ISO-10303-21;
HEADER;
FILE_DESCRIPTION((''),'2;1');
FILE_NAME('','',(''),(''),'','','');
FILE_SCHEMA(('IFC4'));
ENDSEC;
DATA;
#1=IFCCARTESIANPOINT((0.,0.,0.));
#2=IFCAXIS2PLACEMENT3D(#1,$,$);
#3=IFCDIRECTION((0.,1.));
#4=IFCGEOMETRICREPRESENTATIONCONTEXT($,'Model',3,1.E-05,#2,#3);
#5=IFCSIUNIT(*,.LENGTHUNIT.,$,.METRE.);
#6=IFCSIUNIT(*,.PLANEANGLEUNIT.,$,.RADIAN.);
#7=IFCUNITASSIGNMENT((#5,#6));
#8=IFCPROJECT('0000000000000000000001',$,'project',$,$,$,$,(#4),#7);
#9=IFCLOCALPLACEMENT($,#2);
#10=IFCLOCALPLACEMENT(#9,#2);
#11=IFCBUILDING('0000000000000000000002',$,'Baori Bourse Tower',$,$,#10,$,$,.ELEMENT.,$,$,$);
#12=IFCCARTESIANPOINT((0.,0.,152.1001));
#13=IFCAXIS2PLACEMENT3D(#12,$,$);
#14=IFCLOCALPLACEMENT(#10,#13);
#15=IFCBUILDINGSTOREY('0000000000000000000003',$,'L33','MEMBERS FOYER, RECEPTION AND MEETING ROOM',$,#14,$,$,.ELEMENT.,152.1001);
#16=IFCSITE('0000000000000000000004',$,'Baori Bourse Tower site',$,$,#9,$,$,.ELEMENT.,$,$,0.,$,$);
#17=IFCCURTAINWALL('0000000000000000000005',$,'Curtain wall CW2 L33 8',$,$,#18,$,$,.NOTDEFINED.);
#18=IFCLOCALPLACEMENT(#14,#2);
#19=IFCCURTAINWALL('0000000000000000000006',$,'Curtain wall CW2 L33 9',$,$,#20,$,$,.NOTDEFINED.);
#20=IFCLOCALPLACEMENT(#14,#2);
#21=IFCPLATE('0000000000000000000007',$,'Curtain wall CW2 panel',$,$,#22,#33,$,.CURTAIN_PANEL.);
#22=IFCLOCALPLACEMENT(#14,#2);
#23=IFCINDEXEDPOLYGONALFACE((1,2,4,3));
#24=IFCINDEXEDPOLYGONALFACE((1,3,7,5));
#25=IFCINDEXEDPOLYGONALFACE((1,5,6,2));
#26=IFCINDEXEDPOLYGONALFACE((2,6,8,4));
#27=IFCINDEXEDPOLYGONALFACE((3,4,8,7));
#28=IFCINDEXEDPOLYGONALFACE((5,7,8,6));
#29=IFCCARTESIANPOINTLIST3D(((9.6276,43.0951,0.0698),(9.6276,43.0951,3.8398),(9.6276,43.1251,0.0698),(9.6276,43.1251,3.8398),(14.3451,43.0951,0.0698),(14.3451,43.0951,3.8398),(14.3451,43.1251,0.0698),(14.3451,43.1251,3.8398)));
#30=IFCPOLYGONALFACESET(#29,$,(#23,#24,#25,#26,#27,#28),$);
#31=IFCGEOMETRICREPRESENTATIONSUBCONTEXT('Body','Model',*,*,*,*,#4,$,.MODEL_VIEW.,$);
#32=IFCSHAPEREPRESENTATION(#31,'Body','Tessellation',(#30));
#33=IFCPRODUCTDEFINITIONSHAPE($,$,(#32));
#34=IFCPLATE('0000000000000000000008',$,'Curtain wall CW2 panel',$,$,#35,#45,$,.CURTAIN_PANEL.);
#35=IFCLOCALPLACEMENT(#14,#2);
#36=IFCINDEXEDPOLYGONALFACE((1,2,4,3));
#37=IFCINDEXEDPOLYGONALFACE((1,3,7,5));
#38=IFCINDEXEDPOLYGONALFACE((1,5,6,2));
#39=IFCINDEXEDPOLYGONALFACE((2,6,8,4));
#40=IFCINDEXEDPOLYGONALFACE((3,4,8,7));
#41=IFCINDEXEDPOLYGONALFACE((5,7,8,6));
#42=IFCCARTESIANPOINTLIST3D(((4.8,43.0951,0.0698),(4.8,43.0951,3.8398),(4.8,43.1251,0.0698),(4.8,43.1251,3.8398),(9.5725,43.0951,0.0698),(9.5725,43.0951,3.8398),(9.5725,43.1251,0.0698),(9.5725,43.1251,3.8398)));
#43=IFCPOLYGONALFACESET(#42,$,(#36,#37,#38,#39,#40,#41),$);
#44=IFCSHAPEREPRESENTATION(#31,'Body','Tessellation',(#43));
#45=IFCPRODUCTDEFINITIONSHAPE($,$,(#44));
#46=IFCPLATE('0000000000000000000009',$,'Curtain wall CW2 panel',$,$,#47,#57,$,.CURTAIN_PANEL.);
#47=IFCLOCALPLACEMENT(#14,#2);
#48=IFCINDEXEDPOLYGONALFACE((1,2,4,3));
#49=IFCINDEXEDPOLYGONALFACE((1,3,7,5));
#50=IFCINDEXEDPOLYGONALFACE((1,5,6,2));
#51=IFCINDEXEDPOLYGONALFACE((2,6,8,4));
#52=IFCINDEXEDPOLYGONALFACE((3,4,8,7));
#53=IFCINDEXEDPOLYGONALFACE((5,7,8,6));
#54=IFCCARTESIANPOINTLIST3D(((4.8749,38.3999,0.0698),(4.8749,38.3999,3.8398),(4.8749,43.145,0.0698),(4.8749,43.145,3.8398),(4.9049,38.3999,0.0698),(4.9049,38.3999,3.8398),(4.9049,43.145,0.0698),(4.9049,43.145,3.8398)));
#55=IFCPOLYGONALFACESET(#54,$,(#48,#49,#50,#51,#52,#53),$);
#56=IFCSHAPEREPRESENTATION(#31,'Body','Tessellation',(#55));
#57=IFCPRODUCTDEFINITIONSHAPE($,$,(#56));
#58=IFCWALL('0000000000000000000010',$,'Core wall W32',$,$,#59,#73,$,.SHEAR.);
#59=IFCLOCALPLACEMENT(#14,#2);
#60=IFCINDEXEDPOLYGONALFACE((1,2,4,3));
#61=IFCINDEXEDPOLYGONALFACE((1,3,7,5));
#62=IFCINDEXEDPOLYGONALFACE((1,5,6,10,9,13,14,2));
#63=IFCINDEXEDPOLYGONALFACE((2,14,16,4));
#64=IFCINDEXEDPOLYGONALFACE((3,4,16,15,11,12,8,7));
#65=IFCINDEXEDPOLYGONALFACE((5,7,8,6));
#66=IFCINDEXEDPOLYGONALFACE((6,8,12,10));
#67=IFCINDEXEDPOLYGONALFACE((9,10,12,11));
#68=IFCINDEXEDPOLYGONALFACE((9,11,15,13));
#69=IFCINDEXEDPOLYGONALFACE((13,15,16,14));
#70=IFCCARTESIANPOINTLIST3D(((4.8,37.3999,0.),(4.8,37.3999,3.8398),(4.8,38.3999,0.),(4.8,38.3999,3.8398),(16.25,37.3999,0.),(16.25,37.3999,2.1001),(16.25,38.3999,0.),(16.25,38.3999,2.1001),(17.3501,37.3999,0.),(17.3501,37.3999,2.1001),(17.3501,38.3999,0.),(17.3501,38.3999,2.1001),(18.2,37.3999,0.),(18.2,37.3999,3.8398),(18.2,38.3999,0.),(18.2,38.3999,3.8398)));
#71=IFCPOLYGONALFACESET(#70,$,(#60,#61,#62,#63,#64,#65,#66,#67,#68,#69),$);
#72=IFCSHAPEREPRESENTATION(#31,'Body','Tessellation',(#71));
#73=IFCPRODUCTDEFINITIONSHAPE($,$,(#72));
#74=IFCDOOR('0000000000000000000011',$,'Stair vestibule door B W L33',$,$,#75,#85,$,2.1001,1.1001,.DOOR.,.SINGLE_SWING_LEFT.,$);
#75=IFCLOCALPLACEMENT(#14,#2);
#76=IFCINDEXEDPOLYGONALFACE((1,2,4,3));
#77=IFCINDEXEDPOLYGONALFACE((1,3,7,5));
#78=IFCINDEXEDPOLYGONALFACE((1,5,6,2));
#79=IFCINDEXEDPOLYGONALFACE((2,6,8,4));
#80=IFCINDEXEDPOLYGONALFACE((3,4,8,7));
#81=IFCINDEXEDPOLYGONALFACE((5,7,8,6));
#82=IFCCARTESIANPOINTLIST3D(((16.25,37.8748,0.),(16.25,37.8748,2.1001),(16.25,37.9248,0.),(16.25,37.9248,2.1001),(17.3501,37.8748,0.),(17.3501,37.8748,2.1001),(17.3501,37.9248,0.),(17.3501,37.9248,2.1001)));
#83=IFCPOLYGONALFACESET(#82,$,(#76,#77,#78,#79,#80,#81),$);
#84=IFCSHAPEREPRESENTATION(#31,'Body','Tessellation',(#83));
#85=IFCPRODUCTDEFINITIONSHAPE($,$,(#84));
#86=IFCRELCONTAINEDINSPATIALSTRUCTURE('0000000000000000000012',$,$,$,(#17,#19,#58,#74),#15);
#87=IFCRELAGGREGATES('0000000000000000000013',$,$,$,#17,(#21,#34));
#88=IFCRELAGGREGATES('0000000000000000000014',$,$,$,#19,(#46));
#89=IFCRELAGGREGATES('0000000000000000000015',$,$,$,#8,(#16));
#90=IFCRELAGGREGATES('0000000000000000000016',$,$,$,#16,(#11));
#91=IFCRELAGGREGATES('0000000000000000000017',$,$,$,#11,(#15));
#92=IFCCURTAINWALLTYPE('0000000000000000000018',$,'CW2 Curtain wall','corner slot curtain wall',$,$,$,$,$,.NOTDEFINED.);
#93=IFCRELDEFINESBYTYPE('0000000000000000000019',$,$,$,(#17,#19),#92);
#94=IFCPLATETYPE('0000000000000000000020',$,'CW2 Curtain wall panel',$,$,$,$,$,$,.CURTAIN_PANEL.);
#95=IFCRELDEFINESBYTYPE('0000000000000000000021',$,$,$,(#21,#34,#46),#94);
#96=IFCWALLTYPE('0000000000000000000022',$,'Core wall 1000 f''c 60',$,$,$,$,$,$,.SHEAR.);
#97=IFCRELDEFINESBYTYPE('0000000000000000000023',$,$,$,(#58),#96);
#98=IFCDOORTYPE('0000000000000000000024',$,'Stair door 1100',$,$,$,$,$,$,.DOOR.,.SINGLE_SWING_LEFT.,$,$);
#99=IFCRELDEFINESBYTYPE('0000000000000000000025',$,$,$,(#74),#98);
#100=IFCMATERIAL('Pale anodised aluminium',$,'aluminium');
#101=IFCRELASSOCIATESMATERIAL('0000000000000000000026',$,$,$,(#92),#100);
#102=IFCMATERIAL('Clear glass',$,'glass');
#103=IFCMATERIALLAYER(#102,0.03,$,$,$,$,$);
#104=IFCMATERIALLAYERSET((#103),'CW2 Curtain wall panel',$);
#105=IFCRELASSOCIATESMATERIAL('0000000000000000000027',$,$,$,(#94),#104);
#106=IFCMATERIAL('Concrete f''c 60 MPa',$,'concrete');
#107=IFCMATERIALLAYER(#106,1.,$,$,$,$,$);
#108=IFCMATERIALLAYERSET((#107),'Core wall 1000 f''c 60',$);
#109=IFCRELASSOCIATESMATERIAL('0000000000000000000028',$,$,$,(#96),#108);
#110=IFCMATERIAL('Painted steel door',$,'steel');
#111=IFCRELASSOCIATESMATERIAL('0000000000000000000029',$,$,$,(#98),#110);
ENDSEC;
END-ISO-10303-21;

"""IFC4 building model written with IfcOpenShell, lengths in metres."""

from ifc_helpers import new_model, si_unit, direction, frame, frame_2d, origin, origin_2d, place, context, subcontext, project, spatial, rectangle, extrude, material, layer, layer_set, type_object, element, fill, aggregate, save


model = new_model("IFC4")

# Units and contexts
model_context = context("Model", 3, precision=1e-05, world=origin(), true_north=direction((0.0, 1.0)))
body_context = subcontext(model_context, "Body", "Model", "MODEL_VIEW")
ifc_project = project(units=[si_unit("LENGTHUNIT", "METRE"), si_unit("PLANEANGLEUNIT", "RADIAN")], contexts=[model_context])

# Site, building, storey
site_placement = place(None, origin())
site = spatial("IfcSite", under=ifc_project, at=site_placement, Name="Baori Bourse Tower site", CompositionType="ELEMENT", RefElevation=0.0)
building_placement = place(site_placement, origin())
building = spatial("IfcBuilding", under=site, at=building_placement, Name="Baori Bourse Tower", CompositionType="ELEMENT")
storey_placement = place(building_placement, frame((0.0, 0.0, 152.1001)))
storey = spatial("IfcBuildingStorey", under=building, at=storey_placement, Name="L33", Description="MEMBERS FOYER, RECEPTION AND MEETING ROOM", CompositionType="ELEMENT", Elevation=152.1001)

# Curtain wall
ifc_material_1 = material(Name="Pale anodised aluminium", Category="aluminium")
curtain_wall_type = type_object("IfcCurtainWallType", Name="CW2 Curtain wall", Description="corner slot curtain wall", PredefinedType="NOTDEFINED", material=ifc_material_1)
curtain_wall_1_placement = place(storey_placement, origin())
curtain_wall_1 = element("IfcCurtainWall", 1, at=curtain_wall_1_placement, inside=storey, type_object=curtain_wall_type, Name="Curtain wall CW2 L33 8", PredefinedType="NOTDEFINED")

# Curtain wall
curtain_wall_2_placement = place(storey_placement, origin())
curtain_wall_2 = element("IfcCurtainWall", 2, at=curtain_wall_2_placement, inside=storey, type_object=curtain_wall_type, Name="Curtain wall CW2 L33 9", PredefinedType="NOTDEFINED")

# Plates
ifc_material_2 = material(Name="Clear glass", Category="glass")
ifc_layer_1 = layer(ifc_material_2, 0.03)
ifc_layer_set_1 = layer_set([ifc_layer_1], Name="CW2 Curtain wall panel")
plate_type = type_object("IfcPlateType", Name="CW2 Curtain wall panel", PredefinedType="CURTAIN_PANEL", material=ifc_layer_set_1)
plate_1_placement = place(storey_placement, frame((11.9863, 43.1101, 0.0698), z_axis=(0.0, 0.0, 1.0), x_axis=(-1.0, 0.0, 0.0)))
plate_1 = element("IfcPlate", 3, at=plate_1_placement, type_object=plate_type, Name="Curtain wall CW2 panel", PredefinedType="CURTAIN_PANEL", context=body_context, shape_type="SweptSolid", body=[
    extrude(rectangle(XDim=4.7175, YDim=0.03, at=origin_2d()), origin(), (0.0, 0.0, 1.0), 3.77),
])
plate_2_placement = place(storey_placement, frame((7.1863, 43.1101, 0.0698), z_axis=(0.0, 0.0, 1.0), x_axis=(-1.0, 0.0, 0.0)))
plate_2 = element("IfcPlate", 4, at=plate_2_placement, type_object=plate_type, Name="Curtain wall CW2 panel", PredefinedType="CURTAIN_PANEL", context=body_context, shape_type="SweptSolid", body=[
    extrude(rectangle(XDim=4.7725, YDim=0.03, at=origin_2d()), origin(), (0.0, 0.0, 1.0), 3.77),
])
aggregate(curtain_wall_1, [plate_1, plate_2])
plate_3_placement = place(storey_placement, frame((4.8899, 40.7725, 0.0698), z_axis=(0.0, 0.0, 1.0), x_axis=(0.0, -1.0, 0.0)))
plate_3 = element("IfcPlate", 5, at=plate_3_placement, type_object=plate_type, Name="Curtain wall CW2 panel", PredefinedType="CURTAIN_PANEL", context=body_context, shape_type="SweptSolid", body=[
    extrude(rectangle(XDim=4.7451, YDim=0.03, at=origin_2d()), origin(), (0.0, 0.0, 1.0), 3.77),
])
aggregate(curtain_wall_2, [plate_3])

# Wall, opening, door
ifc_material_3 = material(Name="Concrete f'c 60 MPa", Category="concrete")
ifc_layer_2 = layer(ifc_material_3, 1.0)
ifc_layer_set_2 = layer_set([ifc_layer_2], Name="Core wall 1000 f'c 60")
wall_type_1 = type_object("IfcWallType", Name="Core wall 1000 f'c 60", PredefinedType="SHEAR", material=ifc_layer_set_2)
wall_1_placement = place(storey_placement, frame((4.8, 37.8999, 0.0), z_axis=(0.0, 0.0, 1.0), x_axis=(1.0, 0.0, 0.0)))
wall_1 = element("IfcWall", 6, at=wall_1_placement, inside=storey, type_object=wall_type_1, Name="Core wall W32", PredefinedType="SHEAR", context=body_context, shape_type="SweptSolid", body=[
    extrude(rectangle(XDim=13.3999, YDim=1.0, at=frame_2d((6.7, 0.0))), origin(), (0.0, 0.0, 1.0), 3.8398),
])
opening_1_placement = place(wall_1_placement, frame((11.45, 0.0, 0.0)))
opening_1 = element("IfcOpeningElement", 7, at=opening_1_placement, cuts=wall_1, PredefinedType="OPENING", context=body_context, shape_type="SweptSolid", body=[
    extrude(rectangle(XDim=1.1001, YDim=2.1001, at=frame_2d((0.55, 1.05))), frame((0.0, 0.51, 0.0), z_axis=(0.0, -1.0, 0.0), x_axis=(1.0, 0.0, 0.0)), (0.0, 0.0, 1.0), 1.02),
])
ifc_material_4 = material(Name="Painted steel door", Category="steel")
door_type_1 = type_object("IfcDoorType", Name="Stair door 1100", OperationType="SINGLE_SWING_LEFT", PredefinedType="DOOR", material=ifc_material_4)
door_1_placement = place(opening_1_placement, origin())
door_1 = element("IfcDoor", 8, at=door_1_placement, inside=storey, type_object=door_type_1, Name="Stair vestibule door B W L33", OperationType="SINGLE_SWING_LEFT", OverallHeight=2.1001, OverallWidth=1.1001, PredefinedType="DOOR", context=body_context, shape_type="SweptSolid", body=[
    extrude(rectangle(XDim=1.1001, YDim=2.1001, at=frame_2d((0.55, 1.05))), frame((0.0, 0.0249, 0.0), z_axis=(0.0, -1.0, 0.0), x_axis=(1.0, 0.0, 0.0)), (0.0, 0.0, 1.0), 0.05),
])
fill(opening_1, door_1)

save(model, "model.ifc")
